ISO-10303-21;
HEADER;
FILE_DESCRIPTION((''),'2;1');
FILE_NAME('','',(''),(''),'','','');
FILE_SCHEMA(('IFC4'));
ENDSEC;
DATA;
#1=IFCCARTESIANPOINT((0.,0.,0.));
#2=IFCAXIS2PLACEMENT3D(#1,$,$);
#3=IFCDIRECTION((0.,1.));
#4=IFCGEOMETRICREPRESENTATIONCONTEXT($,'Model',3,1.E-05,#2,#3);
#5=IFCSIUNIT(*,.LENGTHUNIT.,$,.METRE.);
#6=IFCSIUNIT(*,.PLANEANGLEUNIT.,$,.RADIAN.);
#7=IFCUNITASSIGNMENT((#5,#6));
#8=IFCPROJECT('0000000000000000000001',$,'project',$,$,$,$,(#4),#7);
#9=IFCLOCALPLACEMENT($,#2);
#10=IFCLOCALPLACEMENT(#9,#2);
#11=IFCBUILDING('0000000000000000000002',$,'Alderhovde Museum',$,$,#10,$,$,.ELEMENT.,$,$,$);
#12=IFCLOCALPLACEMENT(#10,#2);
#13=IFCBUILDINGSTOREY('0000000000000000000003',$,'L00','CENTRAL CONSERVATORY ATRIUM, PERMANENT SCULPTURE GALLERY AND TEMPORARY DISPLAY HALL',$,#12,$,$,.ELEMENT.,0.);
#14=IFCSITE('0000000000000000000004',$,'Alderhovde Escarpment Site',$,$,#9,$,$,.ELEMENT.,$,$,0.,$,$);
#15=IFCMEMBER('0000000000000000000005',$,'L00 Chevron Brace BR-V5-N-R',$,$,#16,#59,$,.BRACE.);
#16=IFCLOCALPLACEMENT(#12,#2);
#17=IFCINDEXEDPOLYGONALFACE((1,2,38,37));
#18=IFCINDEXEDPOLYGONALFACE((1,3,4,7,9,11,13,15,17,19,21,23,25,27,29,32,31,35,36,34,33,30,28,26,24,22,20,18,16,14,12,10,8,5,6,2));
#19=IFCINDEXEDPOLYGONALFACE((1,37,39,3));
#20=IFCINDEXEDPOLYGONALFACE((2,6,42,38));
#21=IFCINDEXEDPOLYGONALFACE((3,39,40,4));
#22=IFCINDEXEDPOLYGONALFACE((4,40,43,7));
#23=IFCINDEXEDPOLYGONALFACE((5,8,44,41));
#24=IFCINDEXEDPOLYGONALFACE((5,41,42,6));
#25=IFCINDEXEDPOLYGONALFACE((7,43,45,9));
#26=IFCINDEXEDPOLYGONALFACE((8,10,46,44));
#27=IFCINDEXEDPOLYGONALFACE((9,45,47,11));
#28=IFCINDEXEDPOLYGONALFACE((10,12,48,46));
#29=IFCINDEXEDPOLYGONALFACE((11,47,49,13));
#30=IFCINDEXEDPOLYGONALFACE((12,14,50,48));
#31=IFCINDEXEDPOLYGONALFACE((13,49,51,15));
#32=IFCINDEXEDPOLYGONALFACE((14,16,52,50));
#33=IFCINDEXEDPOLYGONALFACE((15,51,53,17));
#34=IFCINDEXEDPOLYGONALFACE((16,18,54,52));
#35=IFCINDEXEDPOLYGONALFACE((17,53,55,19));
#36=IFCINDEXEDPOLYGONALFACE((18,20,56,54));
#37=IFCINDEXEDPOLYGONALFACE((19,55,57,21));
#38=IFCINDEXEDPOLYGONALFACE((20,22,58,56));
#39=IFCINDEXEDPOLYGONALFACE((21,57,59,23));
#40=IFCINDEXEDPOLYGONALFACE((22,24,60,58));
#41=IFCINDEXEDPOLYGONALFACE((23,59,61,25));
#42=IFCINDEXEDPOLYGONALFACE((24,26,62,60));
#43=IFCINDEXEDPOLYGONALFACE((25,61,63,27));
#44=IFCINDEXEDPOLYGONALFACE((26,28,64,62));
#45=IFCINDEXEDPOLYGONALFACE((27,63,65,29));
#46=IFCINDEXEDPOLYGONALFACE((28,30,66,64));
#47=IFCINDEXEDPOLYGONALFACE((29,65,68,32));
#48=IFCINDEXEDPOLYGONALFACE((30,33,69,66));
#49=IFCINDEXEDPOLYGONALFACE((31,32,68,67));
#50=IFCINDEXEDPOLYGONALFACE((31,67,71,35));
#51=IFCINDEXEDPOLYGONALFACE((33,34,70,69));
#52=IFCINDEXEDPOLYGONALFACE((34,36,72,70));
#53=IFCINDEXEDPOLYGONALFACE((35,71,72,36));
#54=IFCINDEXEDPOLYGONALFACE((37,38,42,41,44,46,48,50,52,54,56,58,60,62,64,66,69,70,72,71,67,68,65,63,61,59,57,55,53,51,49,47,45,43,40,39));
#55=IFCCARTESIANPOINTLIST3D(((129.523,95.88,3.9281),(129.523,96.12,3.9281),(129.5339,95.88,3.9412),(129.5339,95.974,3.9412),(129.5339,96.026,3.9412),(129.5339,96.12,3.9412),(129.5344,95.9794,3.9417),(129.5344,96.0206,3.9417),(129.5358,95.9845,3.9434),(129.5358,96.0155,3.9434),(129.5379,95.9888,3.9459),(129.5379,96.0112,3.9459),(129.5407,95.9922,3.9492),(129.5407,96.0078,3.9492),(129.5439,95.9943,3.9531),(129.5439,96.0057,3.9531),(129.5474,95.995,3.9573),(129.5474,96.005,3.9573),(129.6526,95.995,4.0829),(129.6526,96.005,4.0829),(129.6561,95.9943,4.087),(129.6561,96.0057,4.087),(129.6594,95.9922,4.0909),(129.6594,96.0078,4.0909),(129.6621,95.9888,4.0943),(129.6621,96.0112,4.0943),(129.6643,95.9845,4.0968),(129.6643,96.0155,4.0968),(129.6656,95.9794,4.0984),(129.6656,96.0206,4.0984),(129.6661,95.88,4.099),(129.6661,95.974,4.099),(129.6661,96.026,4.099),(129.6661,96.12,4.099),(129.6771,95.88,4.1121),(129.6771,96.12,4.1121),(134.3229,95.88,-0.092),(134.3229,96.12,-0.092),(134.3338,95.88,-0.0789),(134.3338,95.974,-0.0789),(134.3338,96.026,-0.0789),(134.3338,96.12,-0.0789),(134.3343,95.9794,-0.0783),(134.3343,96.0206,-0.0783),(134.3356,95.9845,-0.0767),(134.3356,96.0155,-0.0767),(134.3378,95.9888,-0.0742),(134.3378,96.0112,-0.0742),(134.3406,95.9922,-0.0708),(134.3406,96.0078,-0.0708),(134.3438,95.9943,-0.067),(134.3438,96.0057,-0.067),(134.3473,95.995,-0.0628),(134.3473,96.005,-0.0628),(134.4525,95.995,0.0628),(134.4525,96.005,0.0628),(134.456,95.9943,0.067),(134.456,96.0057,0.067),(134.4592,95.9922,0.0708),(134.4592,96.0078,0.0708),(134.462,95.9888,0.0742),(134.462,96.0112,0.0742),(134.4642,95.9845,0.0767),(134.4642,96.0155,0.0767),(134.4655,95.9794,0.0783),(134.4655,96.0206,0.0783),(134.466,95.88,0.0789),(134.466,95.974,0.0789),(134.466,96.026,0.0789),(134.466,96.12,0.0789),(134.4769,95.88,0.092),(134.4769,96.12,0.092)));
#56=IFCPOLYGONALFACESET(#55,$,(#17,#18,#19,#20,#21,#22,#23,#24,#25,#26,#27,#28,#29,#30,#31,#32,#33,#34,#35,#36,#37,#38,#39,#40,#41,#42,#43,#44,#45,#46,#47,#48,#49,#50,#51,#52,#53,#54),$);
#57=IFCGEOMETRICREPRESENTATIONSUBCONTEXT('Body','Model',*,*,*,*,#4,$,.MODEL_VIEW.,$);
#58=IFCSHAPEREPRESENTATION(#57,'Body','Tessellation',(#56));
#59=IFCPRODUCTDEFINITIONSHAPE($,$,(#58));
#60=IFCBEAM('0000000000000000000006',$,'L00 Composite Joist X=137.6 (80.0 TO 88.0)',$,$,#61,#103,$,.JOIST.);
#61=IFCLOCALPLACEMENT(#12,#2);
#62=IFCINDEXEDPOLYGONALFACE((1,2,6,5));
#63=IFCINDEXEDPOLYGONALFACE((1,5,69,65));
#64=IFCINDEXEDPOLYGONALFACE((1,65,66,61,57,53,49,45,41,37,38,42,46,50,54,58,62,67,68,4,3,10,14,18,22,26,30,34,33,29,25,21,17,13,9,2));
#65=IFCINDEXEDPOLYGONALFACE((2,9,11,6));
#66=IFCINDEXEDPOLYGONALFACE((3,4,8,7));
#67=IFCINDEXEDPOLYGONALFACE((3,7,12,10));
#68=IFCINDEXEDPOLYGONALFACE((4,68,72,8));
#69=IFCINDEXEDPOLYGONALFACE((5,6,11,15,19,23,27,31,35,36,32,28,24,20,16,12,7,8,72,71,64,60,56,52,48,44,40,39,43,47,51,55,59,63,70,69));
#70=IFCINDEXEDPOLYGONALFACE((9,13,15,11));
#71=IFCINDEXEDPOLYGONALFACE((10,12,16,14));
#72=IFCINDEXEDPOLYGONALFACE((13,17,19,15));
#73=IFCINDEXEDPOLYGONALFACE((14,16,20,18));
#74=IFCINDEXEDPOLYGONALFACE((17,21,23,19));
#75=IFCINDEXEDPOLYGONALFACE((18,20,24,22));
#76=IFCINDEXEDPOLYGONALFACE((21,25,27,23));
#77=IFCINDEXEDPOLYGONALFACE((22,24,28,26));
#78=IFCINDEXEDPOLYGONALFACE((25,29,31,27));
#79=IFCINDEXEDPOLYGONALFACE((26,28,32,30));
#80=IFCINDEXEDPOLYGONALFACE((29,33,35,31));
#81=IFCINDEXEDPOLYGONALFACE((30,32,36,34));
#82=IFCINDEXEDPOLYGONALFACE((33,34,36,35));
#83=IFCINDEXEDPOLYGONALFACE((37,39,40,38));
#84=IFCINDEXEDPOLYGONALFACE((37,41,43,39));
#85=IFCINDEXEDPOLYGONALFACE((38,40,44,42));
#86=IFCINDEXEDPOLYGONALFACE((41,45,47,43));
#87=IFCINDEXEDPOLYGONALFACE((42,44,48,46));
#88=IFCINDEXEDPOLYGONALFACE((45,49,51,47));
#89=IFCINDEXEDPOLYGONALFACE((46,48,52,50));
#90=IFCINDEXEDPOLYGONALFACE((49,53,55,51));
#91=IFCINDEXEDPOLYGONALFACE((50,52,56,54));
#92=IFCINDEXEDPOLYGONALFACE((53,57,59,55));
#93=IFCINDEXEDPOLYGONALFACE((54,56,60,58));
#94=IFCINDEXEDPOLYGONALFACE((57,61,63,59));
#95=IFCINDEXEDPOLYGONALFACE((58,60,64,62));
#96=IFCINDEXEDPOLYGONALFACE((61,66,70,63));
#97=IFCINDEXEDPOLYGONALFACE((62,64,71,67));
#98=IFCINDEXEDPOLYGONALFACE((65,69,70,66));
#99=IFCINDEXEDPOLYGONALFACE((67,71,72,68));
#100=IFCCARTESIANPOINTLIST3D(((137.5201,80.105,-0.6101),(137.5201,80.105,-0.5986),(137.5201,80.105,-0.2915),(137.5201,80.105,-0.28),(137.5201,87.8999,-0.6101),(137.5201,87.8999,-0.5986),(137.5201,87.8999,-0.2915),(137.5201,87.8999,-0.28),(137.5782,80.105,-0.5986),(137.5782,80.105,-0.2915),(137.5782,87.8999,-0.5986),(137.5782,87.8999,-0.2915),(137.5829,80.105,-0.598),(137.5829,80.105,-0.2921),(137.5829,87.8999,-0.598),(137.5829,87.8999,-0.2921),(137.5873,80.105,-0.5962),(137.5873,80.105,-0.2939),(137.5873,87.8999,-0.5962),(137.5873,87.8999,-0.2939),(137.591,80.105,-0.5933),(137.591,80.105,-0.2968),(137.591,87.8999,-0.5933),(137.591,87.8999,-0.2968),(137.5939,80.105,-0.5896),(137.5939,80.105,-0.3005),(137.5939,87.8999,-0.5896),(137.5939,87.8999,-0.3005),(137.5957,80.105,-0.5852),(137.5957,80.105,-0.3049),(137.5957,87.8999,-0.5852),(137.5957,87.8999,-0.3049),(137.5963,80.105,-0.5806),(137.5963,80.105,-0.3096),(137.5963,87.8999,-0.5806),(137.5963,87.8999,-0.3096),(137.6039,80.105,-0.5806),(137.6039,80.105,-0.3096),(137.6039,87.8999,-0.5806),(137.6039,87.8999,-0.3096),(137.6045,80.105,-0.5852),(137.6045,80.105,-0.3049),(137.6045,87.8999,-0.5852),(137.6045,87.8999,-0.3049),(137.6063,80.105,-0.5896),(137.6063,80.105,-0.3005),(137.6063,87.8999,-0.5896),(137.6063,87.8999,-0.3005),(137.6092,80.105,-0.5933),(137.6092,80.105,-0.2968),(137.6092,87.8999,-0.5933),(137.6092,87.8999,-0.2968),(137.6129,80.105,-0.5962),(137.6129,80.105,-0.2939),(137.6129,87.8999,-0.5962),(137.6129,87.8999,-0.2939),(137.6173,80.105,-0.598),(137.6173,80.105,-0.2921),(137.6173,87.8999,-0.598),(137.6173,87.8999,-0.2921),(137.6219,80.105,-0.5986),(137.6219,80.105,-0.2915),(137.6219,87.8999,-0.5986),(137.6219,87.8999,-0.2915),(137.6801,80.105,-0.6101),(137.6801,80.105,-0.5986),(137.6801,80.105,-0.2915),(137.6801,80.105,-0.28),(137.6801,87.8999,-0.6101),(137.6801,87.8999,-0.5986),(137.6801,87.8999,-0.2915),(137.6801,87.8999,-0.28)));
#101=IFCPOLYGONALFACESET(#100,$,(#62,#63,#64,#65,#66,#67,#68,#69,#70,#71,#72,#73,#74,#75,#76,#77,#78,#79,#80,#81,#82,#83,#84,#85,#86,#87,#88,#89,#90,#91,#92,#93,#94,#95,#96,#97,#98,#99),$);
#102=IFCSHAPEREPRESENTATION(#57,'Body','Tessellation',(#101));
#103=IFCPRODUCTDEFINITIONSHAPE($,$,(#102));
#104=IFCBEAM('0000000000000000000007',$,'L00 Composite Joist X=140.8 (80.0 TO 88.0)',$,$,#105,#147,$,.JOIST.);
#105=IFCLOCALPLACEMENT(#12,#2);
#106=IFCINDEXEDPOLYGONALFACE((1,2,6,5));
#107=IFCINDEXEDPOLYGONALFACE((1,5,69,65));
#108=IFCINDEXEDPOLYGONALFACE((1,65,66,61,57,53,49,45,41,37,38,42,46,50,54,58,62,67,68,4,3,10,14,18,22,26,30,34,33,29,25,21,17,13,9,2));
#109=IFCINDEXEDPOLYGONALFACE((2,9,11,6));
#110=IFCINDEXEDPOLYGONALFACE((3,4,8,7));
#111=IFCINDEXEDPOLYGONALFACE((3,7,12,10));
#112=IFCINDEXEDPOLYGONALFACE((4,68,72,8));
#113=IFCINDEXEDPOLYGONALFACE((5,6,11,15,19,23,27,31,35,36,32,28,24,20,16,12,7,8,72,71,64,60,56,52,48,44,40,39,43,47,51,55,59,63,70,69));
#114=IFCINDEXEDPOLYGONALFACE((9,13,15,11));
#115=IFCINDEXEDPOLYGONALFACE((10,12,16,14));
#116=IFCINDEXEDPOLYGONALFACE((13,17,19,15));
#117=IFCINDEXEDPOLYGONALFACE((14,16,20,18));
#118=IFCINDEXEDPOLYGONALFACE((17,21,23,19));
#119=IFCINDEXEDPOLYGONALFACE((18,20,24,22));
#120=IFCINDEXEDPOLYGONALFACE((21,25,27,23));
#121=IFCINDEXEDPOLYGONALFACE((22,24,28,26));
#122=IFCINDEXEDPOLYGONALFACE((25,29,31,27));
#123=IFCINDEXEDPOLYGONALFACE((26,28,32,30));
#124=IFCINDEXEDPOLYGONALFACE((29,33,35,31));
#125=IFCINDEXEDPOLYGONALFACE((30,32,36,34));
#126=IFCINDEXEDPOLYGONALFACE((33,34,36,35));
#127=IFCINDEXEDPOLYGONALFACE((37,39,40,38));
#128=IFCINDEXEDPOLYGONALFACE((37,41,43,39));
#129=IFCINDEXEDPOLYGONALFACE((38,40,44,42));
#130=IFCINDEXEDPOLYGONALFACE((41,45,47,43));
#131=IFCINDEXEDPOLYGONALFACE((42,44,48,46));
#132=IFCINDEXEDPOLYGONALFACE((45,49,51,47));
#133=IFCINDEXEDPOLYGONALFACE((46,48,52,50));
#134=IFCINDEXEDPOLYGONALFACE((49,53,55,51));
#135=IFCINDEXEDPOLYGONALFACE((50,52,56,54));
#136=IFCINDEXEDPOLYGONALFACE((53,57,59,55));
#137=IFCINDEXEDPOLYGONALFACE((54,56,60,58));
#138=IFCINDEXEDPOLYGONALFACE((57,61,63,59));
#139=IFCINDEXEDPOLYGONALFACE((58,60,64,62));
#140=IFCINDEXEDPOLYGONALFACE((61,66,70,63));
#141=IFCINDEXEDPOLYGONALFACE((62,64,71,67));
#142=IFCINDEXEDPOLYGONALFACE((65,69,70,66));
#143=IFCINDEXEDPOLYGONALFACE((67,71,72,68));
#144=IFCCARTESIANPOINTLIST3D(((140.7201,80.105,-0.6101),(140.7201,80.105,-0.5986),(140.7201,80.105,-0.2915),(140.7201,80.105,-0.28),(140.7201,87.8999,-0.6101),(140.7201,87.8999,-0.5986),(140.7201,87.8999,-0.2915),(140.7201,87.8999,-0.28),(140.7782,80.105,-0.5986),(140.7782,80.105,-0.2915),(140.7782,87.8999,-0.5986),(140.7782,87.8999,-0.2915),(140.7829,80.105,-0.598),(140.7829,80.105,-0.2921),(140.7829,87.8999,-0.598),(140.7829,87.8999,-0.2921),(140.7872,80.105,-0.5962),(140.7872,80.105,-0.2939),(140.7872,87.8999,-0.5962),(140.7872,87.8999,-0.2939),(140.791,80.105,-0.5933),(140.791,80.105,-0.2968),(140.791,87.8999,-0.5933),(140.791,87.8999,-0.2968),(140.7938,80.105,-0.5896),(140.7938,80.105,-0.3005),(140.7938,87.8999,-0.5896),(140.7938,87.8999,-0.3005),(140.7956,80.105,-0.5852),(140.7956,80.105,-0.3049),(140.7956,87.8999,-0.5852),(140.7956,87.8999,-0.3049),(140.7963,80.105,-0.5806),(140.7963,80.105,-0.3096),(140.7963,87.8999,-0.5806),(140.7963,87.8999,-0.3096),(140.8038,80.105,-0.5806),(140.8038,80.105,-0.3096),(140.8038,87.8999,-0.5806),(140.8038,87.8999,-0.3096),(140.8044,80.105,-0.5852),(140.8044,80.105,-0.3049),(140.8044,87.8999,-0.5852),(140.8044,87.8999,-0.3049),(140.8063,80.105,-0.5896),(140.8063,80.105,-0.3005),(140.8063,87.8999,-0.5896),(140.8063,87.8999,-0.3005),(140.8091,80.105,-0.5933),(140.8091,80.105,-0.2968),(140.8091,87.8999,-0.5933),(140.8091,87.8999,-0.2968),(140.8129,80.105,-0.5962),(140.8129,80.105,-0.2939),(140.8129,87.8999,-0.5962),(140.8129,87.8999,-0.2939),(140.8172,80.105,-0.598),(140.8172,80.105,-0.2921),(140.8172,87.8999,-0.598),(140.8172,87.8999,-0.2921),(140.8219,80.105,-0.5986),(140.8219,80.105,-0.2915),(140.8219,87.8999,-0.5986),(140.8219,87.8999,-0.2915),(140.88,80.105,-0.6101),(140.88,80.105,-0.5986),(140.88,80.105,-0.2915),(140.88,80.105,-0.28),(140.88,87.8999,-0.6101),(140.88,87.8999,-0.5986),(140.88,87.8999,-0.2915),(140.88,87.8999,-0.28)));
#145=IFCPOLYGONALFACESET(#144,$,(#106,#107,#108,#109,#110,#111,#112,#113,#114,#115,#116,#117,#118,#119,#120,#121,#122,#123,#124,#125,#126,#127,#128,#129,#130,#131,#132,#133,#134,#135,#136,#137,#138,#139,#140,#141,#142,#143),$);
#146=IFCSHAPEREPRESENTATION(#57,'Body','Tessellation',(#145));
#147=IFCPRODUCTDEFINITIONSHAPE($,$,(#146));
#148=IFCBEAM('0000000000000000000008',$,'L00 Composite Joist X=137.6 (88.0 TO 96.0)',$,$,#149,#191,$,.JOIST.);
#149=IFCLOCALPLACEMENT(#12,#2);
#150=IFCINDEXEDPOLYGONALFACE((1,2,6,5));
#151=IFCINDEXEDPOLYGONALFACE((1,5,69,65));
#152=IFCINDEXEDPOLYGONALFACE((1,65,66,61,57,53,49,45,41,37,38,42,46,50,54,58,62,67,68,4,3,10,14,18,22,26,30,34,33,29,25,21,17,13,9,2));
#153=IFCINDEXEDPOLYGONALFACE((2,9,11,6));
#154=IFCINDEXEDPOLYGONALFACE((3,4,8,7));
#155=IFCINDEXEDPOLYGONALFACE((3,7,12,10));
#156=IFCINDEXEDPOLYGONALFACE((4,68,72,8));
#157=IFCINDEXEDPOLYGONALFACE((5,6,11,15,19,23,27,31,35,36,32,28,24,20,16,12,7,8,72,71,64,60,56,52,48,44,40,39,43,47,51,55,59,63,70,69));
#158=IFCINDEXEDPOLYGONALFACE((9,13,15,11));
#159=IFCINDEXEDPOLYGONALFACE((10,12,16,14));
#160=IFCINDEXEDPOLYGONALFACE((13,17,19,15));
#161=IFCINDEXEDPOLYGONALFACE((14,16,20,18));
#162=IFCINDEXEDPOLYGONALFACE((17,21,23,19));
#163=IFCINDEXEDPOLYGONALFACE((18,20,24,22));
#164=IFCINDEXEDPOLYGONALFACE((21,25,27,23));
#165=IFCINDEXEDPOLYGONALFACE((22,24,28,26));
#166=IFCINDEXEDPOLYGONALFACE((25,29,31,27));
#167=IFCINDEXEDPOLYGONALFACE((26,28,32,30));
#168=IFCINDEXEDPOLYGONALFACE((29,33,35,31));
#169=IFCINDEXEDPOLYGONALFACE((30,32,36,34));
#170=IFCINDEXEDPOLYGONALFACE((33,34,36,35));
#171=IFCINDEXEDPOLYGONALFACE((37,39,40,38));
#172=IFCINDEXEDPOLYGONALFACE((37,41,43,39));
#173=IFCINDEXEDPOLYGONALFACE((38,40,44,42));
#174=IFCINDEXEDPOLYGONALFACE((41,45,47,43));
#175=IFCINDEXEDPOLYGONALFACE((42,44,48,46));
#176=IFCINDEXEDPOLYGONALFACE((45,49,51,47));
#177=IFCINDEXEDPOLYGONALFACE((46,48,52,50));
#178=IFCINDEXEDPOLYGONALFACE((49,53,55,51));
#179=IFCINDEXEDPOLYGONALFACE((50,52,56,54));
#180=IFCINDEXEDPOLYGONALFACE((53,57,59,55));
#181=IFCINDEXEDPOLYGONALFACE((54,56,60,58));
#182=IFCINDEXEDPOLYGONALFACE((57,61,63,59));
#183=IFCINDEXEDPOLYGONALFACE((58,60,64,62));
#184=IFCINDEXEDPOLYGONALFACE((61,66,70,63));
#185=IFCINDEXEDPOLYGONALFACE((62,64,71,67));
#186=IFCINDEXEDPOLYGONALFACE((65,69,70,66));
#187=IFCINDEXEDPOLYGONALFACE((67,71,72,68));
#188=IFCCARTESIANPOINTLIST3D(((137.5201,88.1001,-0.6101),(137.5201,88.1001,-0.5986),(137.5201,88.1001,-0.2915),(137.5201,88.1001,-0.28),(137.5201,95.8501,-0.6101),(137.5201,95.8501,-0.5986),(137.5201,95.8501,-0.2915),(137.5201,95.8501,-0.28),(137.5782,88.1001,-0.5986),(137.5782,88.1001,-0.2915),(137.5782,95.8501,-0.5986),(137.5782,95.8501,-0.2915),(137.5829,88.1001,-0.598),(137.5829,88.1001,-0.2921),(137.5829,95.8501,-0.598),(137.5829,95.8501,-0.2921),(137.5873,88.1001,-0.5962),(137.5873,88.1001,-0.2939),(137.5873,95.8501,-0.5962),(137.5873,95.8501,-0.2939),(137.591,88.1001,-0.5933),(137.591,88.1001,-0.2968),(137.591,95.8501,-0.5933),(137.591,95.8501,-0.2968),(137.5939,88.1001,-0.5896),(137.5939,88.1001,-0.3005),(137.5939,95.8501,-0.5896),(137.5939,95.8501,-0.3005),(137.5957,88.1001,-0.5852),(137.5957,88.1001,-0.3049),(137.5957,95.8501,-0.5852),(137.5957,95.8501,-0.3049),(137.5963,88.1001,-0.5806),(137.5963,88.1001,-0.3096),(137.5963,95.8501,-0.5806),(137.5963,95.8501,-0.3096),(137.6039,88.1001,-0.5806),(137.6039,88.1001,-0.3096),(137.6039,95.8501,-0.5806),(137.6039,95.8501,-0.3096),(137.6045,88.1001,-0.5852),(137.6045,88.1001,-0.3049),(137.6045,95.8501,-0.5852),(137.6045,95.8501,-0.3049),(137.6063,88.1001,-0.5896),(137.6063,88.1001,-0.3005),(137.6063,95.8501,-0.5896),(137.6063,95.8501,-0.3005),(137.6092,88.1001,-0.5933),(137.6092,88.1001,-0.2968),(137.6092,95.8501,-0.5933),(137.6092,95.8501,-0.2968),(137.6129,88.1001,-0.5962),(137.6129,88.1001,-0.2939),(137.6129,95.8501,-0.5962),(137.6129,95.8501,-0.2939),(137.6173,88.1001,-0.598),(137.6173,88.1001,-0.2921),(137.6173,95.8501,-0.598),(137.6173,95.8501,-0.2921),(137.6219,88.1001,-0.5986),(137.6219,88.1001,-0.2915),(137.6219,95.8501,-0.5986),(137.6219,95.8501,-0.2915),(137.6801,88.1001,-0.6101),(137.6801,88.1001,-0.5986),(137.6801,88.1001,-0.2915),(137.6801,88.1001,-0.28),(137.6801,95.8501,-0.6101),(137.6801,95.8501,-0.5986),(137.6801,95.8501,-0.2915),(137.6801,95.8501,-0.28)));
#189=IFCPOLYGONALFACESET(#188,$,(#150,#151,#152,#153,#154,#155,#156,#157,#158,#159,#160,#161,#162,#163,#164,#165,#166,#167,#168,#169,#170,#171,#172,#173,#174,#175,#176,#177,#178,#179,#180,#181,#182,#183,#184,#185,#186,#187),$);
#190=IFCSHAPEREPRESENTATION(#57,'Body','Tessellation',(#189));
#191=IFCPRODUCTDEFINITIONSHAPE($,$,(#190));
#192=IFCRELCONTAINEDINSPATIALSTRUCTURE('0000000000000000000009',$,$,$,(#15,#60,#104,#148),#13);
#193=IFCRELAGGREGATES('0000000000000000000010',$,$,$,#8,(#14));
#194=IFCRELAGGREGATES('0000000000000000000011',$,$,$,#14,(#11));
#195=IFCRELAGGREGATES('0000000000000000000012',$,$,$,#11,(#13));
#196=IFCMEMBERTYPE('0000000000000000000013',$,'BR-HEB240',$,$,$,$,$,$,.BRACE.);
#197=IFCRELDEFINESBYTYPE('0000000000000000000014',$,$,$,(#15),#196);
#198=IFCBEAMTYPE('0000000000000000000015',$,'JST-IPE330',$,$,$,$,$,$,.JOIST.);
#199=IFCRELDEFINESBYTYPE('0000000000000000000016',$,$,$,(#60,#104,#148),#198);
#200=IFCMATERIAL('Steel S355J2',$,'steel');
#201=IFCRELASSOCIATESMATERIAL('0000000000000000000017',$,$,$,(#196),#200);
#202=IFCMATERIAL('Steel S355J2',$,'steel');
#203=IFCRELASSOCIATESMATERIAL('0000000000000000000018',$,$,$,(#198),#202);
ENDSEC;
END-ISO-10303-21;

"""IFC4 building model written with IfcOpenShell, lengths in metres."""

from ifc_helpers import new_model, si_unit, direction, frame, origin, origin_2d, place, context, subcontext, project, spatial, i_section, extrude, material, material_profile, profile_set, type_object, element, save


model = new_model("IFC4")

# Units and contexts
model_context = context("Model", 3, precision=1e-05, world=origin(), true_north=direction((0.0, 1.0)))
body_context = subcontext(model_context, "Body", "Model", "MODEL_VIEW")
ifc_project = project(units=[si_unit("LENGTHUNIT", "METRE"), si_unit("PLANEANGLEUNIT", "RADIAN")], contexts=[model_context])

# Site, building, storey
site_placement = place(None, origin())
site = spatial("IfcSite", under=ifc_project, at=site_placement, Name="Alderhovde Escarpment Site", CompositionType="ELEMENT", RefElevation=0.0)
building_placement = place(site_placement, origin())
building = spatial("IfcBuilding", under=site, at=building_placement, Name="Alderhovde Museum", CompositionType="ELEMENT")
storey_placement = place(building_placement, origin())
storey = spatial("IfcBuildingStorey", under=building, at=storey_placement, Name="L00", Description="CENTRAL CONSERVATORY ATRIUM, PERMANENT SCULPTURE GALLERY AND TEMPORARY DISPLAY HALL", CompositionType="ELEMENT", Elevation=0.0)

# Member
ifc_material_1 = material(Name="Steel S355J2", Category="steel")
ifc_material_profile_1 = material_profile(ifc_material_1, i_section(OverallWidth=0.24, OverallDepth=0.24, WebThickness=0.01, FlangeThickness=0.0171, FilletRadius=0.021, at=origin_2d()), Name="HEB 240")
ifc_profile_set_1 = profile_set([ifc_material_profile_1], Name="Steel S355J2")
member_type = type_object("IfcMemberType", Name="BR-HEB240", PredefinedType="BRACE", material=ifc_profile_set_1)
member_placement = place(storey_placement, frame((134.3999, 96.0, 0.0), z_axis=(-0.766634, 0.0, 0.642085), x_axis=(0.0, -1.0, 0.0)))
element("IfcMember", 1, at=member_placement, inside=storey, type_object=member_type, Name="L00 Chevron Brace BR-V5-N-R", PredefinedType="BRACE", context=body_context, shape_type="SweptSolid", body=[
    extrude(i_section(OverallWidth=0.24, OverallDepth=0.24, WebThickness=0.01, FlangeThickness=0.0171, FilletRadius=0.021, at=origin_2d()), origin(), (0.0, 0.0, 1.0), 6.261),
])

# Beams
ifc_material_2 = material(Name="Steel S355J2", Category="steel")
ifc_material_profile_2 = material_profile(ifc_material_2, i_section(OverallWidth=0.1599, OverallDepth=0.3301, WebThickness=0.0076, FlangeThickness=0.0115, FilletRadius=0.0181, at=origin_2d()), Name="IPE 330")
ifc_profile_set_2 = profile_set([ifc_material_profile_2], Name="Steel S355J2")
beam_type_1 = type_object("IfcBeamType", Name="JST-IPE330", PredefinedType="JOIST", material=ifc_profile_set_2)
for number, where, z_axis, x_axis, name in (
    (2, (137.6001, 80.105, -0.4451), (0.0, 1.0, 0.0), (-1.0, 0.0, 0.0), "L00 Composite Joist X=137.6 (80.0 TO 88.0)"),
    (3, (140.8, 80.105, -0.4451), (0.0, 1.0, 0.0), (-1.0, 0.0, 0.0), "L00 Composite Joist X=140.8 (80.0 TO 88.0)"),
):
    element("IfcBeam", number, at=place(storey_placement, frame(where, z_axis=z_axis, x_axis=x_axis)), inside=storey, type_object=beam_type_1, Name=name, PredefinedType="JOIST", context=body_context, shape_type="SweptSolid", body=[
        extrude(i_section(OverallWidth=0.1599, OverallDepth=0.3301, WebThickness=0.0076, FlangeThickness=0.0115, FilletRadius=0.0181, at=origin_2d()), origin(), (0.0, 0.0, 1.0), 7.7949),
    ])
for number, where, z_axis, x_axis, name in (
    (4, (137.6001, 88.1001, -0.4451), (0.0, 1.0, 0.0), (-1.0, 0.0, 0.0), "L00 Composite Joist X=137.6 (88.0 TO 96.0)"),
):
    element("IfcBeam", number, at=place(storey_placement, frame(where, z_axis=z_axis, x_axis=x_axis)), inside=storey, type_object=beam_type_1, Name=name, PredefinedType="JOIST", context=body_context, shape_type="SweptSolid", body=[
        extrude(i_section(OverallWidth=0.1599, OverallDepth=0.3301, WebThickness=0.0076, FlangeThickness=0.0115, FilletRadius=0.0181, at=origin_2d()), origin(), (0.0, 0.0, 1.0), 7.75),
    ])

save(model, "model.ifc")
